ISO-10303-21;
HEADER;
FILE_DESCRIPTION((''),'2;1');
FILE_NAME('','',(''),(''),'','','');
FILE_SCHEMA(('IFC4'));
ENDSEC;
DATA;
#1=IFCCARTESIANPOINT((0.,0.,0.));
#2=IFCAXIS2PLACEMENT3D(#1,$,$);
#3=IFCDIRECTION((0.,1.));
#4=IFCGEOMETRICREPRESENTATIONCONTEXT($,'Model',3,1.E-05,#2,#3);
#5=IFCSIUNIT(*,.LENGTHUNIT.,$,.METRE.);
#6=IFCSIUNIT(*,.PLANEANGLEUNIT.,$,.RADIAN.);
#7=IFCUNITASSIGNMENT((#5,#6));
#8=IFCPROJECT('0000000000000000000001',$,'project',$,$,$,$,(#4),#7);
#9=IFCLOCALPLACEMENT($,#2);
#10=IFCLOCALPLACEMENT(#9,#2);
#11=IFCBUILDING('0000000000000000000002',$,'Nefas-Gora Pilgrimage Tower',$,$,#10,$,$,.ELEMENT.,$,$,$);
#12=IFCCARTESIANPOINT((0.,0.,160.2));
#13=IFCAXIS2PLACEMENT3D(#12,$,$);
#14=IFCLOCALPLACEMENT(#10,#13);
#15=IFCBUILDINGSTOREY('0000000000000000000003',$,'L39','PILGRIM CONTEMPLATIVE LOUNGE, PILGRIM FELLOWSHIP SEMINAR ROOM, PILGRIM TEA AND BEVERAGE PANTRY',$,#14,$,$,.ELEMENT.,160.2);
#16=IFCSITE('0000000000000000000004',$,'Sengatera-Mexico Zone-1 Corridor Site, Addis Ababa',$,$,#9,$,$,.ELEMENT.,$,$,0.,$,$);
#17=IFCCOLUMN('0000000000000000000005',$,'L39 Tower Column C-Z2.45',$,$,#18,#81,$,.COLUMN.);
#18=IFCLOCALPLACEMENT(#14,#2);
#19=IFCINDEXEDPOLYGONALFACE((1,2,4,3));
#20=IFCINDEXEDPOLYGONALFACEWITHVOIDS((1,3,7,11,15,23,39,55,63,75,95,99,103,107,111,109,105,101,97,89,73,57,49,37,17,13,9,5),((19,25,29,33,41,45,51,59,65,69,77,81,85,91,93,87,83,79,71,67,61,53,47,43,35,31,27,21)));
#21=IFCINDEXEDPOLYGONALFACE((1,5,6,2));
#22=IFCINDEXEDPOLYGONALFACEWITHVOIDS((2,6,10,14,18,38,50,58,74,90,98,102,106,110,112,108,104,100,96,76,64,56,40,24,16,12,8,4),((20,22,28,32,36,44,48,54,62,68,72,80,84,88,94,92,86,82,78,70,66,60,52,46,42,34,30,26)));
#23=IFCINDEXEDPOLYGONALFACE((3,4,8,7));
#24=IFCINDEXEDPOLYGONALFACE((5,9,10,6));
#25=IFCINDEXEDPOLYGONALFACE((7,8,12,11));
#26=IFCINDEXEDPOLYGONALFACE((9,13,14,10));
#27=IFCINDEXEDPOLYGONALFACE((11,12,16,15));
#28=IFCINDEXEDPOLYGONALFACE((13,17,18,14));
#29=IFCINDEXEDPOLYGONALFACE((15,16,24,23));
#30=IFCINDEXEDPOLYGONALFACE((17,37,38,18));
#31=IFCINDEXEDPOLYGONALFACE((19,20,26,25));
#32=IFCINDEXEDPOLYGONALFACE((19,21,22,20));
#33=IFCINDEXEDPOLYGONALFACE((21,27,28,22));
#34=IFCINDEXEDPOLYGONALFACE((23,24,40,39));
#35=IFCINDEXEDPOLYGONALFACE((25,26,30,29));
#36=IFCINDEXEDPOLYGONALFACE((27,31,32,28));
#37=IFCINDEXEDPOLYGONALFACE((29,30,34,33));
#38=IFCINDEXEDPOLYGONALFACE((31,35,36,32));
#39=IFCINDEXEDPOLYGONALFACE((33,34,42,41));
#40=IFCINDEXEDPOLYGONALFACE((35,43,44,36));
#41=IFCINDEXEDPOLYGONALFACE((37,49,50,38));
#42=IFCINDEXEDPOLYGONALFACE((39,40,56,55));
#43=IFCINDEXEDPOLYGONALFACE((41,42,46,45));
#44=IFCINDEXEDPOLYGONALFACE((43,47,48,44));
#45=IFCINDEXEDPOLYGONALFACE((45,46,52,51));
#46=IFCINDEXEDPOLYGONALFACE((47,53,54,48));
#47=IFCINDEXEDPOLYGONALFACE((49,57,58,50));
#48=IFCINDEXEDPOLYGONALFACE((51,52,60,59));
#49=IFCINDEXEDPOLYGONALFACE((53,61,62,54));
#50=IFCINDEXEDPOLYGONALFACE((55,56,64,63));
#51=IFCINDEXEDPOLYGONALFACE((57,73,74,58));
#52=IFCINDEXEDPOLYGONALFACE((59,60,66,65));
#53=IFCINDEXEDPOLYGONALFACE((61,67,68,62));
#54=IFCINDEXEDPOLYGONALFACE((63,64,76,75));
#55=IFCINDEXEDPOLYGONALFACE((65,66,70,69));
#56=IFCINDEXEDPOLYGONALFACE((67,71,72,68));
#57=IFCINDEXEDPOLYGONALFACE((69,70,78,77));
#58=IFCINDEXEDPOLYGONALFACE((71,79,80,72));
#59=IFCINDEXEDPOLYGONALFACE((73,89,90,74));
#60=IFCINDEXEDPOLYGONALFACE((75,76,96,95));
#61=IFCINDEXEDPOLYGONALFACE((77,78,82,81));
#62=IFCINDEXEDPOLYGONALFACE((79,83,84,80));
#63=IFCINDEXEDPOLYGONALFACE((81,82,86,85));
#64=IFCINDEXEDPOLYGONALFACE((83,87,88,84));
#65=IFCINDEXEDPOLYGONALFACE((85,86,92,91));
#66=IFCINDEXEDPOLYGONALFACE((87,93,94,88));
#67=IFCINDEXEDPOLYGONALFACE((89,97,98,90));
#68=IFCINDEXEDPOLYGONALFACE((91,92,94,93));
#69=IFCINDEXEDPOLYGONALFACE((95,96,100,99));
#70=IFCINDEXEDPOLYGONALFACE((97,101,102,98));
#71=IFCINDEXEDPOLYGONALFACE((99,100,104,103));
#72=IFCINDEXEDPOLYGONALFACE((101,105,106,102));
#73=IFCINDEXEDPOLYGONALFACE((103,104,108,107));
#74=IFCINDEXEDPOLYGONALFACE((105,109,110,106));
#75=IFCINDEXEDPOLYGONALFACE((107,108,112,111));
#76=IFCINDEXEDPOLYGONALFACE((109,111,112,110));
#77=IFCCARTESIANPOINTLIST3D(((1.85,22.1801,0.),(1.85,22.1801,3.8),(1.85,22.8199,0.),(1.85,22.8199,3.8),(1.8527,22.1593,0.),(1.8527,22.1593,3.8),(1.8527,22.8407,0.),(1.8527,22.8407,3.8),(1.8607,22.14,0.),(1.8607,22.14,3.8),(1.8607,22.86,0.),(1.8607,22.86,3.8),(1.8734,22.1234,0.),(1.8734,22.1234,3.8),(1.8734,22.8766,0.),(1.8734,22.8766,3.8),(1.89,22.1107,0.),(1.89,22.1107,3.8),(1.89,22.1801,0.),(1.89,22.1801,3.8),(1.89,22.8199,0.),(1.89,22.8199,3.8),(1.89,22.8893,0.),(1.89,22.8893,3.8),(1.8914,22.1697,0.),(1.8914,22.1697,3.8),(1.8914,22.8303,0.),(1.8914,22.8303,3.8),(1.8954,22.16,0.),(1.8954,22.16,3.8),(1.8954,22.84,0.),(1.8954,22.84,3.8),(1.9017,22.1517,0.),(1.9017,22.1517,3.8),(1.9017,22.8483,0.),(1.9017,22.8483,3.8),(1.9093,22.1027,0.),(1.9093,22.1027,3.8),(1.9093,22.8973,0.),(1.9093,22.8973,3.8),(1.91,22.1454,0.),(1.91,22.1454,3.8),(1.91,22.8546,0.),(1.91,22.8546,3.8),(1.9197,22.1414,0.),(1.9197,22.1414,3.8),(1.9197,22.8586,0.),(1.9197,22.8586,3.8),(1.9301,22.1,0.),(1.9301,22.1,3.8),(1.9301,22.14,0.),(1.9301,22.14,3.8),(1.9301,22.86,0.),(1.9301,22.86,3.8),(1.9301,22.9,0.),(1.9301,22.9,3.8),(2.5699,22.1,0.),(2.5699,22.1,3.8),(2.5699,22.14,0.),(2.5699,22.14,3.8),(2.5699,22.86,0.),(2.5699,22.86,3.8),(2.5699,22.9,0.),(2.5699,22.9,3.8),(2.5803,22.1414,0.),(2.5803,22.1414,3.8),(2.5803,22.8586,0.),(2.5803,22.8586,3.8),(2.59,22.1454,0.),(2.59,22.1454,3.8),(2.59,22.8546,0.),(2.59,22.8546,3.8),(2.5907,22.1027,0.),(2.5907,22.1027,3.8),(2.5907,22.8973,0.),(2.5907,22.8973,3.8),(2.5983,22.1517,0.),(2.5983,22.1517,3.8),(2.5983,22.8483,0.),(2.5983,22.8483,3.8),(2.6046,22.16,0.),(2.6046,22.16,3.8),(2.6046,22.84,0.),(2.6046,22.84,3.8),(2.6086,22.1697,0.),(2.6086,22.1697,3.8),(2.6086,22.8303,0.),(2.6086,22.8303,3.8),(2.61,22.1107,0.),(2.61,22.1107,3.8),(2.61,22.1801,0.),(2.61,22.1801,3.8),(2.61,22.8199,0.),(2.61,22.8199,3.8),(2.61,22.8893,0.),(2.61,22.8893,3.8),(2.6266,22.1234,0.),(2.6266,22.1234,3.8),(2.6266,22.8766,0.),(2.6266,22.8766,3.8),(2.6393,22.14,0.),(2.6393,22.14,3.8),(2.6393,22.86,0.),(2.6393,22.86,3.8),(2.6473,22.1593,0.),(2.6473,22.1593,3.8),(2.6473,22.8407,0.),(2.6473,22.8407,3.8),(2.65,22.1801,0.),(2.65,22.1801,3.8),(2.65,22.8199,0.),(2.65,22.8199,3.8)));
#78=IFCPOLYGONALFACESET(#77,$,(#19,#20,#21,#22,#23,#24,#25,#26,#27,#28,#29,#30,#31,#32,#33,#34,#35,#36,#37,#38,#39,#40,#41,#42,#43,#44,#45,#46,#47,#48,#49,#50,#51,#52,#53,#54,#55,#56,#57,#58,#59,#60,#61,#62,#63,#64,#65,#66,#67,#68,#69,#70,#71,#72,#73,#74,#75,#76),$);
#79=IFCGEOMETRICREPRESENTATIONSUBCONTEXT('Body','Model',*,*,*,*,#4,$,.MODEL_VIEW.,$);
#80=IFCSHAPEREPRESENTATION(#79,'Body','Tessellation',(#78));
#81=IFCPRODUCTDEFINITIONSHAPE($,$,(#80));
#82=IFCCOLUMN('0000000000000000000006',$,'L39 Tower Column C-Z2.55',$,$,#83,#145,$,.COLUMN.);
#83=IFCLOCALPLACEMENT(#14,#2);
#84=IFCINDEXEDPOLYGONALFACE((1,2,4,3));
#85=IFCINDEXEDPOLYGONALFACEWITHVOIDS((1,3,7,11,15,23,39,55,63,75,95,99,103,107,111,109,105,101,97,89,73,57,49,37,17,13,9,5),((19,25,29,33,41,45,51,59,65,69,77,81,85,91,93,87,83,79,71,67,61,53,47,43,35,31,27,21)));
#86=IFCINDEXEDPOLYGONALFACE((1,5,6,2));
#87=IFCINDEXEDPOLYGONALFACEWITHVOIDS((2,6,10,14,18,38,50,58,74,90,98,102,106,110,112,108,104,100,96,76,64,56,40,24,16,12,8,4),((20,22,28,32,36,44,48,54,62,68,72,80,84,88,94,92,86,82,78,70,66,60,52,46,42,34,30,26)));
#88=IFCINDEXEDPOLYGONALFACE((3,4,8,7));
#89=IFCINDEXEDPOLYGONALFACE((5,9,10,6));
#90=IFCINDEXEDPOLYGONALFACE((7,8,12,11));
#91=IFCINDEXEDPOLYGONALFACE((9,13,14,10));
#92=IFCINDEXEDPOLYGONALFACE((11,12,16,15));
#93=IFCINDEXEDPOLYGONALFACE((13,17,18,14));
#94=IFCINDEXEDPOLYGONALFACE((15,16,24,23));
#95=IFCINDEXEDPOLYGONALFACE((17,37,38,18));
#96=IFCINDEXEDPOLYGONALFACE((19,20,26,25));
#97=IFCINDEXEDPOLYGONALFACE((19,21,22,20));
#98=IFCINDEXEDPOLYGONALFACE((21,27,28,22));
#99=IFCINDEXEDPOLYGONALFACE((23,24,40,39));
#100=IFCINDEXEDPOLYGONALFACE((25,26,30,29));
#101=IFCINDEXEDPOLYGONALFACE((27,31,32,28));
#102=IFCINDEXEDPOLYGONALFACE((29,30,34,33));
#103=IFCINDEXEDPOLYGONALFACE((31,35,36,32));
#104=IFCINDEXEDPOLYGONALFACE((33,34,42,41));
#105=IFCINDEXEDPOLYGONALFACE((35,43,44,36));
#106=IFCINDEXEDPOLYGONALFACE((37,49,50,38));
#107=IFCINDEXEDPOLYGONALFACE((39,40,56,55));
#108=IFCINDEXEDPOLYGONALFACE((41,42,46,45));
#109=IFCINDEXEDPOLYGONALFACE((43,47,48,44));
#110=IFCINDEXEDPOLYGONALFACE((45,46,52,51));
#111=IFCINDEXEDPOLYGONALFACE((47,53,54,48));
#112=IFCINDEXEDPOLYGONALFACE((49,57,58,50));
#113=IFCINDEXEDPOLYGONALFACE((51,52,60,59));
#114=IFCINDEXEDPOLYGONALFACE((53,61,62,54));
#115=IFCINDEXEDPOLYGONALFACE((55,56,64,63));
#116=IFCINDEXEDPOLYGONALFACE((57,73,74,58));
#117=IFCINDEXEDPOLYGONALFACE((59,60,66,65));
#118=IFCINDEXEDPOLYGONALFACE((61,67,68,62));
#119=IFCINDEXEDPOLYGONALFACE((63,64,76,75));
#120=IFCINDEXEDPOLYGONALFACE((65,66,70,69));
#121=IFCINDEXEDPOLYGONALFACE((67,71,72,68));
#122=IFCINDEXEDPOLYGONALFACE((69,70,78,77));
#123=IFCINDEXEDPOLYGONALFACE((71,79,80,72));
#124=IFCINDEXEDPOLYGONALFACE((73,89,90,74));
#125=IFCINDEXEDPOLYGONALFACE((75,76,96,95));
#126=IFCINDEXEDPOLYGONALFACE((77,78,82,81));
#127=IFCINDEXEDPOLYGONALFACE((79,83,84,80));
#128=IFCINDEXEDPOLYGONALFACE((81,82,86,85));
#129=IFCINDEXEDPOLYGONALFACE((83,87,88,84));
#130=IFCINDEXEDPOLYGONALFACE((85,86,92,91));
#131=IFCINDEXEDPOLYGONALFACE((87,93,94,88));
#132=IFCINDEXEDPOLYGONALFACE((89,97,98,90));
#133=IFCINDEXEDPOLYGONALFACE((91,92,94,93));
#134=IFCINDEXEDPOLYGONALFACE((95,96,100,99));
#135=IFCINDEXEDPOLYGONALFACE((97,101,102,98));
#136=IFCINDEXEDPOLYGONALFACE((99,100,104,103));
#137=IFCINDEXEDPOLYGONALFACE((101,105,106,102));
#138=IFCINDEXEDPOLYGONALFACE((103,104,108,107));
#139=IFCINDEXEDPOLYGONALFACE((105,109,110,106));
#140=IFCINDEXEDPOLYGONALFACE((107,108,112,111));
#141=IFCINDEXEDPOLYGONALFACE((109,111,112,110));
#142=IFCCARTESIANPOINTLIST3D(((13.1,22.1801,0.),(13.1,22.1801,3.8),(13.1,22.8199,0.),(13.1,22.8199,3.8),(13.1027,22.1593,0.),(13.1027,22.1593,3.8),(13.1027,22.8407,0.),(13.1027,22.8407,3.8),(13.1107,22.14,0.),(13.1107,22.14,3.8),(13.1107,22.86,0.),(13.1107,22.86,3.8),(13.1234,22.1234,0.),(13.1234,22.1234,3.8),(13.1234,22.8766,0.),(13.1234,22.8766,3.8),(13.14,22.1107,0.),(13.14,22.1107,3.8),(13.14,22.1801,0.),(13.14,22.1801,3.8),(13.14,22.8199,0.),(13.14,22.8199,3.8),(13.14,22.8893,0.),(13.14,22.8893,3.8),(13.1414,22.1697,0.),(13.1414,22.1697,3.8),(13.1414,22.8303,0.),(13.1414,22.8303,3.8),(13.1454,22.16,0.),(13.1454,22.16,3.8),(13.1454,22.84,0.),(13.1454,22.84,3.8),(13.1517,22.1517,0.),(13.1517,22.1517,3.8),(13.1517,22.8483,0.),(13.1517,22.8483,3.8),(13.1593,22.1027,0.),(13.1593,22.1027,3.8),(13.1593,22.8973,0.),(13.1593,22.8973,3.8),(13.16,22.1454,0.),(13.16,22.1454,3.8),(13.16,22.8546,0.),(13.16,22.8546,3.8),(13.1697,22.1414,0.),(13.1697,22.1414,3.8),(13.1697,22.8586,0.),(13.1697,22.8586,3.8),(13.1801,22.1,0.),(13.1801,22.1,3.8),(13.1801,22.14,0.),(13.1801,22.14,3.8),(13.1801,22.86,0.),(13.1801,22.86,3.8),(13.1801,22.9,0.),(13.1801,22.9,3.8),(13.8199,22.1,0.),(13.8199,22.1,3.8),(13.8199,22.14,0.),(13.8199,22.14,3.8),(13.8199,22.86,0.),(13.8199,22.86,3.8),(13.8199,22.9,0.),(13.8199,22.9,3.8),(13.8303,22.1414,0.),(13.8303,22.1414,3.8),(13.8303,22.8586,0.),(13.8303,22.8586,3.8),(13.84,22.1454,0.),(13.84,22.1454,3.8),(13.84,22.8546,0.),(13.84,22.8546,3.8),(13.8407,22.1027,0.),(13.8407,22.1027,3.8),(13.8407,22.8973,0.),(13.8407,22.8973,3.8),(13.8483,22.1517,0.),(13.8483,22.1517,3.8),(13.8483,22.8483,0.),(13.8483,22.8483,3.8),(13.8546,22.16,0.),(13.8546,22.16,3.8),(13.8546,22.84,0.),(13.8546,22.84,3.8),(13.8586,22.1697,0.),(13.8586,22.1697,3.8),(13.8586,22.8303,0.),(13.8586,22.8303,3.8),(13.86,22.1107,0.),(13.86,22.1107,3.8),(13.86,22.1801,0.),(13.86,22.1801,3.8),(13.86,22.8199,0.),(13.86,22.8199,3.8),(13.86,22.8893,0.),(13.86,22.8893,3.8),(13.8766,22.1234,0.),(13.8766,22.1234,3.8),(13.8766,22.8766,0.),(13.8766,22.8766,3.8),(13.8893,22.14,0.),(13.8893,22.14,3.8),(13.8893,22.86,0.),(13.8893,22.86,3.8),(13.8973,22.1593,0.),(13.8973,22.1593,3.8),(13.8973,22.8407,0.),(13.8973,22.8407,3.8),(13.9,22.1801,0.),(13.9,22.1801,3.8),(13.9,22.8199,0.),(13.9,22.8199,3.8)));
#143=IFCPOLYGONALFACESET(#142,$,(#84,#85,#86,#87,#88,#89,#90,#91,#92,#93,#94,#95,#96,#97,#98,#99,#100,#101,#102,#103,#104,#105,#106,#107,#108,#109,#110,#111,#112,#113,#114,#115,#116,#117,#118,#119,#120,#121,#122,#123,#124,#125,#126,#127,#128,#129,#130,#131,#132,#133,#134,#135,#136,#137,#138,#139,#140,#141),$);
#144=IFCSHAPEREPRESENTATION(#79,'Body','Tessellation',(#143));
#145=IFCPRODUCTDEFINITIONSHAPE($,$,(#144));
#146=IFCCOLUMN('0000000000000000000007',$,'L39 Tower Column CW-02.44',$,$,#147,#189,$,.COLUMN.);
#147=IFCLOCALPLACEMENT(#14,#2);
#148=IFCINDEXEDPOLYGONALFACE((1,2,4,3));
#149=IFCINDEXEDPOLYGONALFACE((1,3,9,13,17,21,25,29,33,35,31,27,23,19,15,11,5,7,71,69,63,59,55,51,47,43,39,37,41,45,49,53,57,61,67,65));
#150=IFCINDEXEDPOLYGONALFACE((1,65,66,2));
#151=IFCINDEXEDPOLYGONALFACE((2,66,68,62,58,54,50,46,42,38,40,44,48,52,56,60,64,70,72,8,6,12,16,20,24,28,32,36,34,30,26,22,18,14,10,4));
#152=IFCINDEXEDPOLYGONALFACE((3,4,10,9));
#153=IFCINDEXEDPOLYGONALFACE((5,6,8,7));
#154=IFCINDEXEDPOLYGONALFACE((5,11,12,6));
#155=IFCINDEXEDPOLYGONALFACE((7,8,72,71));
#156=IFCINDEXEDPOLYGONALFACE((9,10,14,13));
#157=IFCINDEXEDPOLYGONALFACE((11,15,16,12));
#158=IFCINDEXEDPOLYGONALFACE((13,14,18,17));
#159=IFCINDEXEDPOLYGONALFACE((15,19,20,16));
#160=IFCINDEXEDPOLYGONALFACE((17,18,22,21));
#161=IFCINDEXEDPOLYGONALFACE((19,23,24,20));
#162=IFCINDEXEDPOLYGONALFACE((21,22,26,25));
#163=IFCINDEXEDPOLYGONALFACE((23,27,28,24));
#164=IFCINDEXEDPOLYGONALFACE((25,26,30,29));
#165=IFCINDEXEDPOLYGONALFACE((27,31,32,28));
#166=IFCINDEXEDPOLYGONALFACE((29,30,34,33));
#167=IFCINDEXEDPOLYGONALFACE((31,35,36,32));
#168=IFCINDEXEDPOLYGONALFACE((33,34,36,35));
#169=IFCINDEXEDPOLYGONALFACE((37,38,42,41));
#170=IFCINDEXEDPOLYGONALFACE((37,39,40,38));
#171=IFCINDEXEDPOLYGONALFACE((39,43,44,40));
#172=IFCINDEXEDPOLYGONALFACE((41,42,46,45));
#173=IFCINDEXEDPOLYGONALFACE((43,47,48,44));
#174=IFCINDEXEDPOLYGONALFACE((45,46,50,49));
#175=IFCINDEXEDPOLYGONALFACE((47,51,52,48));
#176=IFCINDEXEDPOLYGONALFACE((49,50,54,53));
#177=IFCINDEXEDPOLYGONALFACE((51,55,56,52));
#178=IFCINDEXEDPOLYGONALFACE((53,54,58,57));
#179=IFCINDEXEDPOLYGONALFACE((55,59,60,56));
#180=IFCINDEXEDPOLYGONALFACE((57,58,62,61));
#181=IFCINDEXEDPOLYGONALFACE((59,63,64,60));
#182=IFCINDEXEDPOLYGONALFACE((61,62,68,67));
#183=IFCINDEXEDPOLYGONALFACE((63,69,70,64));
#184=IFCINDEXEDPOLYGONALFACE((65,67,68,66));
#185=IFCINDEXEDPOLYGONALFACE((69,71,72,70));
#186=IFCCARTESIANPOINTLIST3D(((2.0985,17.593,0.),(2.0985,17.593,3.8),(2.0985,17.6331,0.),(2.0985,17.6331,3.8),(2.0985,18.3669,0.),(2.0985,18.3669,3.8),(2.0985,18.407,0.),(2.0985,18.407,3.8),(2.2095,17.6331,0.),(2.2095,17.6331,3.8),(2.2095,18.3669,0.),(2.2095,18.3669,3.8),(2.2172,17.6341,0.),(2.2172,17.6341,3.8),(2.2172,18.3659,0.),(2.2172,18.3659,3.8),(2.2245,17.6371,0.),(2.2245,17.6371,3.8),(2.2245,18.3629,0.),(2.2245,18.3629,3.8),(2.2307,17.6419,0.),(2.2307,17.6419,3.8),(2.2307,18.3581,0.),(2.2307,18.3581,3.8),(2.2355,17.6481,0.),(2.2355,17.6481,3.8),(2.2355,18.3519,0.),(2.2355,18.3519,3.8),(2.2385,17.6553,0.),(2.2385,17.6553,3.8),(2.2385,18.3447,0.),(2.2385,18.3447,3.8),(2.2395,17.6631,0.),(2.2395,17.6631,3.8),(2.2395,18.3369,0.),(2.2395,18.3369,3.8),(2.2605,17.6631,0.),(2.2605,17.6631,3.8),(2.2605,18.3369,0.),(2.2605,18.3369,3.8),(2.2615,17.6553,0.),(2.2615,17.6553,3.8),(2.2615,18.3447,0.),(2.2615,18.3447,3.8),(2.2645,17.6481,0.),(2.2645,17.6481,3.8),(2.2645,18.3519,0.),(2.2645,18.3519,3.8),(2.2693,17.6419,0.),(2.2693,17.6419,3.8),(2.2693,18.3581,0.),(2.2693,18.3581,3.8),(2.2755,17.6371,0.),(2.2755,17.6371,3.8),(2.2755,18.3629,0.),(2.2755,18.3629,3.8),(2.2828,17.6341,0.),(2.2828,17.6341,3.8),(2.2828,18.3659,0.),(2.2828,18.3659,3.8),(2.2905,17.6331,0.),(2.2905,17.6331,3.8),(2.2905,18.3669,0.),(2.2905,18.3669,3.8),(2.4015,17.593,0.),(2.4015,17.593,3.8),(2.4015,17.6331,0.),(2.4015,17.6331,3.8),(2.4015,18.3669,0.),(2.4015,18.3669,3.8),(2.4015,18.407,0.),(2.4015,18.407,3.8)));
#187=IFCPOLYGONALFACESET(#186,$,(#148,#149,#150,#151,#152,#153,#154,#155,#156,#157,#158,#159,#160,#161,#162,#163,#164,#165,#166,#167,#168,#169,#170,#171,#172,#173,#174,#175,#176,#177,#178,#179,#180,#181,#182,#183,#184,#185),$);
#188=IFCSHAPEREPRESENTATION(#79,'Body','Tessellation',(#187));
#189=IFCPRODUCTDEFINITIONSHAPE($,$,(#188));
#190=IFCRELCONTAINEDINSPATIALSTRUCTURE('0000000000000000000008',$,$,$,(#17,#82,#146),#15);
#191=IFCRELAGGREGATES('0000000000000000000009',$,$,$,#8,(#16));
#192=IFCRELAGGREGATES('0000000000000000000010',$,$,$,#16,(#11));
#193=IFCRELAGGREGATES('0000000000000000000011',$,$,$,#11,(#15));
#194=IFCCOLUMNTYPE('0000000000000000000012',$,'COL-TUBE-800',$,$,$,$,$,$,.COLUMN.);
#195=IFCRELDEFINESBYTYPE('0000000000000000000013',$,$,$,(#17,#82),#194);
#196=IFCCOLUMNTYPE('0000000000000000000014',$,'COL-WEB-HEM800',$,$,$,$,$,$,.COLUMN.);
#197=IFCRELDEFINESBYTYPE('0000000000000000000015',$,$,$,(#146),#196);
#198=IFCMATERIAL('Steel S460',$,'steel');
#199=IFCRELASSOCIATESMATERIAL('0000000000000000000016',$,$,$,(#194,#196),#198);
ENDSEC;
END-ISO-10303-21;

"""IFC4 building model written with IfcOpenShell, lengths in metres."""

from ifc_helpers import new_model, si_unit, direction, frame, origin, origin_2d, place, context, subcontext, project, spatial, hollow_rectangle, i_section, extrude, source, transform, mapped, material, material_profile, profile_set, type_object, element, save


model = new_model("IFC4")

# Units and contexts
model_context = context("Model", 3, precision=1e-05, world=origin(), true_north=direction((0.0, 1.0)))
body_context = subcontext(model_context, "Body", "Model", "MODEL_VIEW")
ifc_project = project(units=[si_unit("LENGTHUNIT", "METRE"), si_unit("PLANEANGLEUNIT", "RADIAN")], contexts=[model_context])

# Site, building, storey
site_placement = place(None, origin())
site = spatial("IfcSite", under=ifc_project, at=site_placement, Name="Sengatera-Mexico Zone-1 Corridor Site, Addis Ababa", CompositionType="ELEMENT", RefElevation=0.0)
building_placement = place(site_placement, origin())
building = spatial("IfcBuilding", under=site, at=building_placement, Name="Nefas-Gora Pilgrimage Tower", CompositionType="ELEMENT")
storey_placement = place(building_placement, frame((0.0, 0.0, 160.2)))
storey = spatial("IfcBuildingStorey", under=building, at=storey_placement, Name="L39", Description="PILGRIM CONTEMPLATIVE LOUNGE, PILGRIM FELLOWSHIP SEMINAR ROOM, PILGRIM TEA AND BEVERAGE PANTRY", CompositionType="ELEMENT", Elevation=160.2)

# Columns
ifc_material_1 = material(Name="Steel S460", Category="steel")
ifc_material_profile_1 = material_profile(ifc_material_1, hollow_rectangle(XDim=0.8, YDim=0.8, WallThickness=0.04, InnerFilletRadius=0.04, OuterFilletRadius=0.0801, at=origin_2d()), Name="BOX 800x800x40")
ifc_profile_set_1 = profile_set([ifc_material_profile_1], Name="Steel S460")
column_type_1 = type_object("IfcColumnType", Name="COL-TUBE-800", PredefinedType="COLUMN", material=ifc_profile_set_1)
shared_shape_1 = source(origin(), body_context, "Body", "SweptSolid", [
    extrude(hollow_rectangle(XDim=0.8, YDim=0.8, WallThickness=0.04, InnerFilletRadius=0.04, OuterFilletRadius=0.0801, at=origin_2d()), origin(), (0.0, 0.0, 1.0), 3.8),
])
for number, where, z_axis, x_axis, name in (
    (1, (2.25, 22.5, 0.0), (0.0, 0.0, 1.0), (1.0, 0.0, 0.0), "L39 Tower Column C-Z2.45"),
    (2, (13.5, 22.5, 0.0), (0.0, 0.0, 1.0), (1.0, 0.0, 0.0), "L39 Tower Column C-Z2.55"),
):
    element("IfcColumn", number, at=place(storey_placement, frame(where, z_axis=z_axis, x_axis=x_axis)), inside=storey, type_object=column_type_1, Name=name, PredefinedType="COLUMN", context=body_context, shape_type="MappedRepresentation", body=[
        mapped(shared_shape_1, transform((0.0, 0.0, 0.0), x_axis=(1.0, 0.0, 0.0), y_axis=(0.0, 1.0, 0.0), z_axis=(0.0, 0.0, 1.0), scale=1.0)),
    ])
ifc_material_profile_2 = material_profile(ifc_material_1, i_section(OverallWidth=0.303, OverallDepth=0.814, WebThickness=0.021, FlangeThickness=0.04, FilletRadius=0.03, at=origin_2d()), Name="HEM 800")
ifc_profile_set_2 = profile_set([ifc_material_profile_2], Name="Steel S460")
column_type_2 = type_object("IfcColumnType", Name="COL-WEB-HEM800", PredefinedType="COLUMN", material=ifc_profile_set_2)
shared_shape_2 = source(origin(), body_context, "Body", "SweptSolid", [
    extrude(i_section(OverallWidth=0.303, OverallDepth=0.814, WebThickness=0.021, FlangeThickness=0.04, FilletRadius=0.03, at=origin_2d()), origin(), (0.0, 0.0, 1.0), 3.8),
])
for number, where, z_axis, x_axis, name in (
    (3, (2.25, 18.0, 0.0), (0.0, 0.0, 1.0), (1.0, 0.0, 0.0), "L39 Tower Column CW-02.44"),
):
    element("IfcColumn", number, at=place(storey_placement, frame(where, z_axis=z_axis, x_axis=x_axis)), inside=storey, type_object=column_type_2, Name=name, PredefinedType="COLUMN", context=body_context, shape_type="MappedRepresentation", body=[
        mapped(shared_shape_2, transform((0.0, 0.0, 0.0), x_axis=(1.0, 0.0, 0.0), y_axis=(0.0, 1.0, 0.0), z_axis=(0.0, 0.0, 1.0), scale=1.0)),
    ])

save(model, "model.ifc")
